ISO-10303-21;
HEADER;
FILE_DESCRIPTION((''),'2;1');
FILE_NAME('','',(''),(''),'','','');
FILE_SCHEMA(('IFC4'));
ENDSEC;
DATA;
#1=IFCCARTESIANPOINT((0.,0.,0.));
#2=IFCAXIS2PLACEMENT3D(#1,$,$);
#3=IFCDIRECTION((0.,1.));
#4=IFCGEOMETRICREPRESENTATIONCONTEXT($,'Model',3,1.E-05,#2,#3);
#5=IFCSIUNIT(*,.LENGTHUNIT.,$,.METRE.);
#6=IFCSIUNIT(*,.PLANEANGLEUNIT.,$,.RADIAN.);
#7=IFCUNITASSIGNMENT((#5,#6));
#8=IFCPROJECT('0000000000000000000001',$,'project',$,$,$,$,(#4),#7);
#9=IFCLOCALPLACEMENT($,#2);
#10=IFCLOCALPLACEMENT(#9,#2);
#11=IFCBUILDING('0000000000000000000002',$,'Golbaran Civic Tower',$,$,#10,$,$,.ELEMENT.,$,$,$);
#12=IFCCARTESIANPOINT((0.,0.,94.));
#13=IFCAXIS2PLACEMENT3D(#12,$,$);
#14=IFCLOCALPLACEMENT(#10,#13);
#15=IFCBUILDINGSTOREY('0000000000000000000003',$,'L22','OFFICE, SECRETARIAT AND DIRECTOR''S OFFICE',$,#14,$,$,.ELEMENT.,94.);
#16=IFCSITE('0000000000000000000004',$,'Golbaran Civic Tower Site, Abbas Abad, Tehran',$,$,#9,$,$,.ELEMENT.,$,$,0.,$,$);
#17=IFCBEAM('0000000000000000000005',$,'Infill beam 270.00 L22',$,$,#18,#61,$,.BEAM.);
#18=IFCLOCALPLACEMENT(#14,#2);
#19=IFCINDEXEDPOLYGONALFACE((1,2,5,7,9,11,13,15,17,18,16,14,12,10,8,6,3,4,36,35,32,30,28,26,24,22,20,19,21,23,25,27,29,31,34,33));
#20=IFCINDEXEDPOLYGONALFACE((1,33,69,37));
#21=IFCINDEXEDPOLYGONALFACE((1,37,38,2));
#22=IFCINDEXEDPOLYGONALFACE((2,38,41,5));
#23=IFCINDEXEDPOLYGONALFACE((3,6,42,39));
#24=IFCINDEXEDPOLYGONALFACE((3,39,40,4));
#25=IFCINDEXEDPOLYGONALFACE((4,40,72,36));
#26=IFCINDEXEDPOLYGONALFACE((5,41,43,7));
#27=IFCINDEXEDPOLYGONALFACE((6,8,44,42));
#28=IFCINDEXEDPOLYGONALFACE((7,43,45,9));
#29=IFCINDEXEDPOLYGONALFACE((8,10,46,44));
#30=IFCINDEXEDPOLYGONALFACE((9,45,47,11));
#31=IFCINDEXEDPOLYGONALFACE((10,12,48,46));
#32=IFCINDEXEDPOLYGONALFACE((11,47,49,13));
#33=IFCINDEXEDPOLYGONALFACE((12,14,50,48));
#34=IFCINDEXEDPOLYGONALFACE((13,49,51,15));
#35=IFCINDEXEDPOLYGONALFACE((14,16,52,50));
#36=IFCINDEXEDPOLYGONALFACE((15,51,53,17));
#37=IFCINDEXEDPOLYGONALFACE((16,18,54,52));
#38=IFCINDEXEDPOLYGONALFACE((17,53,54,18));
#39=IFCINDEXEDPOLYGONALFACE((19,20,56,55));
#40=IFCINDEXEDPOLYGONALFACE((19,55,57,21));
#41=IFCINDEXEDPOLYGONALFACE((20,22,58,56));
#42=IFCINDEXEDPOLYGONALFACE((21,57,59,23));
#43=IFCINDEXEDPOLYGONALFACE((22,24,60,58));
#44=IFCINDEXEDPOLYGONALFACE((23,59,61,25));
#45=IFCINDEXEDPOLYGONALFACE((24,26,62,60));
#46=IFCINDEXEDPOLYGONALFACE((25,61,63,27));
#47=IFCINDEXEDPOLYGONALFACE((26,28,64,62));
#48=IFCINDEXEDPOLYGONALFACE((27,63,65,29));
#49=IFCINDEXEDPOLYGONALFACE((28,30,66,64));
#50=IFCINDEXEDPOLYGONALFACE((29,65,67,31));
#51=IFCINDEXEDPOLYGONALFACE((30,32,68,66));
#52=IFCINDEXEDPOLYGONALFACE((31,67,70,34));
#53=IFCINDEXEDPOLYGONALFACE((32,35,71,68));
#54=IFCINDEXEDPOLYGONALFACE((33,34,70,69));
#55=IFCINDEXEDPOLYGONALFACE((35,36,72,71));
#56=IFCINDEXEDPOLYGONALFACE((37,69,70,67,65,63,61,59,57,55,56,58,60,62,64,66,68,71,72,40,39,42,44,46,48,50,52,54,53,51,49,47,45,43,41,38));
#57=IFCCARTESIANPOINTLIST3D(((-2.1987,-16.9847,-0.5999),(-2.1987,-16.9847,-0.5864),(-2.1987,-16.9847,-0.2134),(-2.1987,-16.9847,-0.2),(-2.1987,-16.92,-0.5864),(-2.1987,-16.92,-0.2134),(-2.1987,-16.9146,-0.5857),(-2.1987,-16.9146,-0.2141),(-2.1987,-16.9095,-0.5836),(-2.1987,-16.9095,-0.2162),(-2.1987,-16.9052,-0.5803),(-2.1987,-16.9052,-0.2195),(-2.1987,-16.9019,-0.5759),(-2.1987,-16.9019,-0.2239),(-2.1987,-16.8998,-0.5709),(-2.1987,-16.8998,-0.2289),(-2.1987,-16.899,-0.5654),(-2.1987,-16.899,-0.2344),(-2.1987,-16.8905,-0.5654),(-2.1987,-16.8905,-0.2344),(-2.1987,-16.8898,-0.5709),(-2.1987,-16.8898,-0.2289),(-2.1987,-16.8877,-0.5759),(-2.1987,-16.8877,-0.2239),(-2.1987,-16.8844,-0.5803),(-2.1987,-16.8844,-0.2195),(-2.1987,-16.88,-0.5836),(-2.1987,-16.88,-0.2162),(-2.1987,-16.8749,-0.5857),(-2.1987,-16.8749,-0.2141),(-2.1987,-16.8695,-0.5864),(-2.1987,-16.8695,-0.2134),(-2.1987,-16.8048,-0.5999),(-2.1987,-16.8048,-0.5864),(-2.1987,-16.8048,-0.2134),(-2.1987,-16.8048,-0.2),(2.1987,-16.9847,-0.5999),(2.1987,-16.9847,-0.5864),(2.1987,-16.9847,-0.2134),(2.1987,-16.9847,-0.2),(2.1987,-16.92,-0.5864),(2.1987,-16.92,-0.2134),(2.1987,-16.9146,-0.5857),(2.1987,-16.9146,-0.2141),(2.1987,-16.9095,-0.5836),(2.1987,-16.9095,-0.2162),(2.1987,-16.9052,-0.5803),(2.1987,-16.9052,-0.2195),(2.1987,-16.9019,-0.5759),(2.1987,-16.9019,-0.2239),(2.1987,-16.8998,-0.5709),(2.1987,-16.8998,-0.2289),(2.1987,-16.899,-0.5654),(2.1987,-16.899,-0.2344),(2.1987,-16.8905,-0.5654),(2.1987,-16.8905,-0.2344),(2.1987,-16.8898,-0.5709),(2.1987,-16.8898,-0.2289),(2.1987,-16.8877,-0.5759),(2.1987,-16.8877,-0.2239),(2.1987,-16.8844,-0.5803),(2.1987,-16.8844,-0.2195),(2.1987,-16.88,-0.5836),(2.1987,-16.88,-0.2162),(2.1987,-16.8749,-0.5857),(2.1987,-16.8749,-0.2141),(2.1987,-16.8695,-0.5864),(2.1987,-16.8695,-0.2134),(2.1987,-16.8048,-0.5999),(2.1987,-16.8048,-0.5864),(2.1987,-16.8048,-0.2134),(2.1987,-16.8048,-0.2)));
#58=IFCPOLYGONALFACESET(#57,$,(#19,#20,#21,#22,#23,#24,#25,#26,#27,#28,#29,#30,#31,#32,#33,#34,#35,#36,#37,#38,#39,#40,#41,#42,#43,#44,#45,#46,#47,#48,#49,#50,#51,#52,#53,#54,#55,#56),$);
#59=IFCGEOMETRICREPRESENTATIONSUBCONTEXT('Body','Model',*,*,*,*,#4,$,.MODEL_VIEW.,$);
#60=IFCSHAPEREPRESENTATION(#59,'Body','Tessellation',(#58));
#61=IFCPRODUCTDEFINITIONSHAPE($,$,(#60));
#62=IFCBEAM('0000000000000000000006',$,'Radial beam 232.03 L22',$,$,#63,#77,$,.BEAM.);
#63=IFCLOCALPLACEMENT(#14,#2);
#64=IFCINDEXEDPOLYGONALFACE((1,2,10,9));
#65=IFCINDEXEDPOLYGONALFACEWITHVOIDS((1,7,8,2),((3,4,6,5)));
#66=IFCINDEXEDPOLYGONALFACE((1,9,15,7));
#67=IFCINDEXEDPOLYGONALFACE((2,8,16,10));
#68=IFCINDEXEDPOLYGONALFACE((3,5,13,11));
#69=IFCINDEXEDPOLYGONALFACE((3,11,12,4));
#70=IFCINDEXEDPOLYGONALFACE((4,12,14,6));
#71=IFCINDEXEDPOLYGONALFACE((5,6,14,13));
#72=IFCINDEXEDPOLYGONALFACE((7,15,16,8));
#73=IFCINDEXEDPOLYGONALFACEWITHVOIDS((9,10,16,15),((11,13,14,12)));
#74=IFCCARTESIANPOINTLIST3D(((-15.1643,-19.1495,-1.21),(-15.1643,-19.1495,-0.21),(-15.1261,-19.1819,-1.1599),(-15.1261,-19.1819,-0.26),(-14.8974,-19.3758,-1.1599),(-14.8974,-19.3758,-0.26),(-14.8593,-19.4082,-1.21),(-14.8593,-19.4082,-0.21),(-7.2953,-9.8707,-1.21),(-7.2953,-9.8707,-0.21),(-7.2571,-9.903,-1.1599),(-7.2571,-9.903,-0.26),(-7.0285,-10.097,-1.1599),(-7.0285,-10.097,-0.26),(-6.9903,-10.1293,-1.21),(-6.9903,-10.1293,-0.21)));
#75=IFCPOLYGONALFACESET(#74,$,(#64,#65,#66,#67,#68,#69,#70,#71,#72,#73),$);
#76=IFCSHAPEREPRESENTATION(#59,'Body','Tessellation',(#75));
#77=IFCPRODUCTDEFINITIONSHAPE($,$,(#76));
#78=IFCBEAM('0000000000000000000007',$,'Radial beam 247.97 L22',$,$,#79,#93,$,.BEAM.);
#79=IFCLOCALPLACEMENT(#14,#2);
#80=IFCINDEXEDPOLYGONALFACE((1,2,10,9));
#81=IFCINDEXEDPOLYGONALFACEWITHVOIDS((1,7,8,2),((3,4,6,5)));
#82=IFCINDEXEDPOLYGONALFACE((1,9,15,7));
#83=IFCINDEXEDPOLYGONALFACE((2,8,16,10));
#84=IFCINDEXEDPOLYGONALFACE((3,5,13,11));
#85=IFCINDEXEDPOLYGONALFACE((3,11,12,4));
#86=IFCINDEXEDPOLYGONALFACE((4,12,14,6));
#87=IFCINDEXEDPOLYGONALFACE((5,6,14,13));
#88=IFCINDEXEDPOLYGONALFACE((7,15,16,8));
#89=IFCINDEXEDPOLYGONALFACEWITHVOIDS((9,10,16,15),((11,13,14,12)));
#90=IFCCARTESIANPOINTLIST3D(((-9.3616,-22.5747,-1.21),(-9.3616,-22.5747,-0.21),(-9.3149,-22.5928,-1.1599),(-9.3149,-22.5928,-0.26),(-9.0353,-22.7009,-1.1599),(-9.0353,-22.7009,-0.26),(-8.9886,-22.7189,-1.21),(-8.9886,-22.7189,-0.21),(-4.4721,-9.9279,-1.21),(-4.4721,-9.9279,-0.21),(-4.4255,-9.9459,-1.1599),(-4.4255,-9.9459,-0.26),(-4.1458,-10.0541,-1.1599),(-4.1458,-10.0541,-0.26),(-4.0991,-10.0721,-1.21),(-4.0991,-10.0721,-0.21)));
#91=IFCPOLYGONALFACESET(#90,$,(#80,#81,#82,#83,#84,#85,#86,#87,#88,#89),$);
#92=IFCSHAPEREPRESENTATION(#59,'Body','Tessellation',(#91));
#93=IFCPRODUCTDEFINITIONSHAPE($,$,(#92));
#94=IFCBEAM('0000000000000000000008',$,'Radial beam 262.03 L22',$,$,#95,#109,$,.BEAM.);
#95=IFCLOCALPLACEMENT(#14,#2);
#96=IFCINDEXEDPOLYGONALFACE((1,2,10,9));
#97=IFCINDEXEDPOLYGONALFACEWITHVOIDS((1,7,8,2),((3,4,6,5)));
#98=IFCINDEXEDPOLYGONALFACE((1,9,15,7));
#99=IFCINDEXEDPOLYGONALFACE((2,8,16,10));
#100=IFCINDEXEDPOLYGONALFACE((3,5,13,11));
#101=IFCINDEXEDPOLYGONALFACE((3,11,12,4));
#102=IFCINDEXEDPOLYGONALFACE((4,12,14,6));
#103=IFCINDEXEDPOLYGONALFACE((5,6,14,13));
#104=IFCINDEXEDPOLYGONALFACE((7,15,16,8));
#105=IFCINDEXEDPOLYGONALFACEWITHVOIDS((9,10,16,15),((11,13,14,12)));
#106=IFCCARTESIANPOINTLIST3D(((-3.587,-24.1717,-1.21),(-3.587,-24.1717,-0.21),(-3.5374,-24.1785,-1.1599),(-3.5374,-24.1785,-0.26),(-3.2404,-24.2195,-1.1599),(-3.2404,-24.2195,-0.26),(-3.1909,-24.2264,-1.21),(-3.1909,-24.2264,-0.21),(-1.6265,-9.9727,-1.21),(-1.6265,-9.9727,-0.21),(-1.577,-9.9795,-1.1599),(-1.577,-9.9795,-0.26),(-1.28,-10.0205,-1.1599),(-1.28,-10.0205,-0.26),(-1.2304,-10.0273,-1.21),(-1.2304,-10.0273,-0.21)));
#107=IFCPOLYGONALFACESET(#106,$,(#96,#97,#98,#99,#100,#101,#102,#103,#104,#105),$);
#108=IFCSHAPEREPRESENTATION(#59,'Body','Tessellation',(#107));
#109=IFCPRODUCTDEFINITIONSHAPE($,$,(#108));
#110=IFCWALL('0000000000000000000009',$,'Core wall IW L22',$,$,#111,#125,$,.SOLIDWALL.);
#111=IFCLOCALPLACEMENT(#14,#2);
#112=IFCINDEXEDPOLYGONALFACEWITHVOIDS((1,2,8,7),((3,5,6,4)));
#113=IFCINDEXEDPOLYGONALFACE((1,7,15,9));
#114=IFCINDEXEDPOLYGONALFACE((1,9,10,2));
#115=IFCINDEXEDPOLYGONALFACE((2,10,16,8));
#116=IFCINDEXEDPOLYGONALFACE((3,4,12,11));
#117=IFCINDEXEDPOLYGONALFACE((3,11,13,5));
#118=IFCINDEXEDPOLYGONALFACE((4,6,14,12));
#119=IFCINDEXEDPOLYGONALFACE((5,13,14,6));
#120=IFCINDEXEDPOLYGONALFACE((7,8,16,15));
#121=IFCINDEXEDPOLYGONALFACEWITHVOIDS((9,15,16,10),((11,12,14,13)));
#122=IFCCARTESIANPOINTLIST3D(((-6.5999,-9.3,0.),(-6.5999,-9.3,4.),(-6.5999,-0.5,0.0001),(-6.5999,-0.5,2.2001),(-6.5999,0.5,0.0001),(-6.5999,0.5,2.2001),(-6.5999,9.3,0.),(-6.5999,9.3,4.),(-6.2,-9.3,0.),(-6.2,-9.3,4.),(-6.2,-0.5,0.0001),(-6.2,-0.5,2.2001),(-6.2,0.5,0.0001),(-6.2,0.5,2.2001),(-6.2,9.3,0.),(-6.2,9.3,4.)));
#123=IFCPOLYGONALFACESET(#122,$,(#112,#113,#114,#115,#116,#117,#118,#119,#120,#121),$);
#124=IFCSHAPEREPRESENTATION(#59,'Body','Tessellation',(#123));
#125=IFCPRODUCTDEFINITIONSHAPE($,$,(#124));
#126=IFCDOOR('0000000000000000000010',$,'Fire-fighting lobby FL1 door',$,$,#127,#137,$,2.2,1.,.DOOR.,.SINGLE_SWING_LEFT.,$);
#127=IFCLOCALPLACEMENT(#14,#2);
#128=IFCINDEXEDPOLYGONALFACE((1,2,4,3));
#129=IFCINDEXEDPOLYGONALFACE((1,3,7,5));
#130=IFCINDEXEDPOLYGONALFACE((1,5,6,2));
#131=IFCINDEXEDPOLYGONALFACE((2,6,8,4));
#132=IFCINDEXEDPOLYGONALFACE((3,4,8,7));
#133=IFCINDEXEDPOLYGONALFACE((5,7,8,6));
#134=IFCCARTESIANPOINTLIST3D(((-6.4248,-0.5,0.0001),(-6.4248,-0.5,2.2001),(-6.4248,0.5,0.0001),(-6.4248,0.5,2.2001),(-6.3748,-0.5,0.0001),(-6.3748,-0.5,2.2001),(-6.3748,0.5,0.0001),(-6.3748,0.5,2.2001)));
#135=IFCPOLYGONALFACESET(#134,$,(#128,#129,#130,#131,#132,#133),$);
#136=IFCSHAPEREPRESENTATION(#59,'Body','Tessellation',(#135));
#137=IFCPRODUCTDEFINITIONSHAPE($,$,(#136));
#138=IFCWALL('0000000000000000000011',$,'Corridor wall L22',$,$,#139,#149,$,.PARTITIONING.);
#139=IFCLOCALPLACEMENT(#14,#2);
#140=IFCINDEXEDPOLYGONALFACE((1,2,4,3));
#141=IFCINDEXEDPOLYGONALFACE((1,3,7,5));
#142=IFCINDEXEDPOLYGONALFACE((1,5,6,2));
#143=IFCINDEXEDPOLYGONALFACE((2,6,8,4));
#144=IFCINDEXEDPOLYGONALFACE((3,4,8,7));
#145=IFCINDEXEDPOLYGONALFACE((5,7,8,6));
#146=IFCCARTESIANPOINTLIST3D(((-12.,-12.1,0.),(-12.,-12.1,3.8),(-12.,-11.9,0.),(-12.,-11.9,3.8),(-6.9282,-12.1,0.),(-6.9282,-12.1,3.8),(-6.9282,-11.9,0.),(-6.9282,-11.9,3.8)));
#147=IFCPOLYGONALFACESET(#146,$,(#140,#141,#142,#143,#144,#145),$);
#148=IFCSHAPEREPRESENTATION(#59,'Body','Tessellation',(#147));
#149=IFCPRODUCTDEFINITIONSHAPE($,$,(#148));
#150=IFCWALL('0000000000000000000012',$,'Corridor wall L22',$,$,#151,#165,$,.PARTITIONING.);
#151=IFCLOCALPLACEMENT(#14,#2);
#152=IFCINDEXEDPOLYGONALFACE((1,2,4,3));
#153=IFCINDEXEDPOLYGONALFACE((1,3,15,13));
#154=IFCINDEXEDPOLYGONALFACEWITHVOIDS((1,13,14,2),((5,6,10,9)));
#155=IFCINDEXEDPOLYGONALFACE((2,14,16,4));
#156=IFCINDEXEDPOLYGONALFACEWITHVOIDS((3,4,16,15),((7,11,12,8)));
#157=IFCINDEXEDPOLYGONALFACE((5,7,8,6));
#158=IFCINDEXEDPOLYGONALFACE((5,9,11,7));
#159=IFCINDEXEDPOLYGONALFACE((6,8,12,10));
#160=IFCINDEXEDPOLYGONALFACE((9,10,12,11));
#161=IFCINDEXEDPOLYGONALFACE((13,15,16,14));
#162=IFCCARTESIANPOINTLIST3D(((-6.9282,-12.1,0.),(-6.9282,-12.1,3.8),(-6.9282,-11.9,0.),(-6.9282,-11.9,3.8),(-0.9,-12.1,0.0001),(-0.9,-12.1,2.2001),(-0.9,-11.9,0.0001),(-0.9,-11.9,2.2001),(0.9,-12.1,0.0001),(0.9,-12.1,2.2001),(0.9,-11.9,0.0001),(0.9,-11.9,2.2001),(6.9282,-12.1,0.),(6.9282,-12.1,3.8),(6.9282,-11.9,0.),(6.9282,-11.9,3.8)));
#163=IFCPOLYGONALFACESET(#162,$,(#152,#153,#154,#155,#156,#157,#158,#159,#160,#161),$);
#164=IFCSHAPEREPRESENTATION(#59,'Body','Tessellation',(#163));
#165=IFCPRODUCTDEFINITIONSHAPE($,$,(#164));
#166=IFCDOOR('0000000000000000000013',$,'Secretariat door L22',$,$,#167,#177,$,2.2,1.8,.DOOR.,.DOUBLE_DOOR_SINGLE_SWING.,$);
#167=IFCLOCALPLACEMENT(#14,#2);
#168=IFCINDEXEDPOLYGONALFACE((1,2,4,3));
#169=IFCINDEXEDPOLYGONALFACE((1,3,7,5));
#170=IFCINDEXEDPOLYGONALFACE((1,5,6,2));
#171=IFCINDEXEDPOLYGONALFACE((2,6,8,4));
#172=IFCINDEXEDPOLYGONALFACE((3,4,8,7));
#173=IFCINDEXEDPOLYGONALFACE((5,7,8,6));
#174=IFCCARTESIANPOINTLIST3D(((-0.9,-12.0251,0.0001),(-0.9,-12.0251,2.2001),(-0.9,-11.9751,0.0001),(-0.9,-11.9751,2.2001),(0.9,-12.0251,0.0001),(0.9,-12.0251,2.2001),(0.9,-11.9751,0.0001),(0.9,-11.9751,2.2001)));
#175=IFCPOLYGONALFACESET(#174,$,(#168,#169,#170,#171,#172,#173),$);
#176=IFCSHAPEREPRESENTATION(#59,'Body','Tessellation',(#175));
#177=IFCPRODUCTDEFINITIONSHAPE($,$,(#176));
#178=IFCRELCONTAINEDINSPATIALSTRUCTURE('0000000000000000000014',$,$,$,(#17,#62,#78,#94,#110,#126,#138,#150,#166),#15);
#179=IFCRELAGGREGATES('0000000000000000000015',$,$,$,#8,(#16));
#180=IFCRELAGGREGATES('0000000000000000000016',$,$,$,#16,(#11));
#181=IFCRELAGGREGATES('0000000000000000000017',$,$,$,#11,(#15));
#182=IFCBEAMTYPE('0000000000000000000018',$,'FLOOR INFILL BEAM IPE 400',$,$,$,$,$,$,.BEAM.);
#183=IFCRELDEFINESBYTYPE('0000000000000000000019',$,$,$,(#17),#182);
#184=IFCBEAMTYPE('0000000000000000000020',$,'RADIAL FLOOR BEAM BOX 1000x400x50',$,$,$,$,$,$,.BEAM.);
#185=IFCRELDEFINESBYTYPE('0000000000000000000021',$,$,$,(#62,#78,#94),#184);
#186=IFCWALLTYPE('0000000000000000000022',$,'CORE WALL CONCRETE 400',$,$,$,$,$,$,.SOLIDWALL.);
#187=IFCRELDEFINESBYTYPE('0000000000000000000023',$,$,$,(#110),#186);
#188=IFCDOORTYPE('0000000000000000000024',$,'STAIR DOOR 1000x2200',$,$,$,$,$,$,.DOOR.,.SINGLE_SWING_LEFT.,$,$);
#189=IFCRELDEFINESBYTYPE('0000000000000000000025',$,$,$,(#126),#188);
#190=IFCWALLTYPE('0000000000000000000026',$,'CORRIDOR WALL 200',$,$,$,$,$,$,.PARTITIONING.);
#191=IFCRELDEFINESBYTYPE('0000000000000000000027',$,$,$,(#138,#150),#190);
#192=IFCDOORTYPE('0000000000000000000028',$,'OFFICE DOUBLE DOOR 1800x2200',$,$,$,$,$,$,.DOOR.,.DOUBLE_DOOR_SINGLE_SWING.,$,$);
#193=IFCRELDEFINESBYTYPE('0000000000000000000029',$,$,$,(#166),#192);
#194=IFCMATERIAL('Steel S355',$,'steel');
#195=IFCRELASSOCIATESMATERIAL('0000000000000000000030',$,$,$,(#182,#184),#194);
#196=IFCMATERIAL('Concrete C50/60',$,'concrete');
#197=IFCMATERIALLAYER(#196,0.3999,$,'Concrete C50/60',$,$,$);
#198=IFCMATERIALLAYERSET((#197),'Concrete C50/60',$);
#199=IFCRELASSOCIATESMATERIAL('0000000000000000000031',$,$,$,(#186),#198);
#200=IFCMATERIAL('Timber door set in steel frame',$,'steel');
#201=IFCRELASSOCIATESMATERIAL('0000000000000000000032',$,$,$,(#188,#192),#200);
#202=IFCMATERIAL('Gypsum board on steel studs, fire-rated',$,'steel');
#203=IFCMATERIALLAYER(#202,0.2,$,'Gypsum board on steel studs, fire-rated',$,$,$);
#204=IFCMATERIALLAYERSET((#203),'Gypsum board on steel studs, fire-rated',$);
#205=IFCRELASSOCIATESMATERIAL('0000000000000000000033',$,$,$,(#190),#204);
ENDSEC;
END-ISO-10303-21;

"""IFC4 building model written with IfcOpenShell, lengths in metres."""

from ifc_helpers import new_model, si_unit, direction, frame, frame_2d, origin, origin_2d, place, context, subcontext, project, spatial, rectangle, hollow_rectangle, i_section, extrude, material, layer, layer_set, material_profile, profile_set, type_object, element, fill, save


model = new_model("IFC4")

# Units and contexts
model_context = context("Model", 3, precision=1e-05, world=origin(), true_north=direction((0.0, 1.0)))
body_context = subcontext(model_context, "Body", "Model", "MODEL_VIEW")
ifc_project = project(units=[si_unit("LENGTHUNIT", "METRE"), si_unit("PLANEANGLEUNIT", "RADIAN")], contexts=[model_context])

# Site, building, storey
site_placement = place(None, origin())
site = spatial("IfcSite", under=ifc_project, at=site_placement, Name="Golbaran Civic Tower Site, Abbas Abad, Tehran", CompositionType="ELEMENT", RefElevation=0.0)
building_placement = place(site_placement, origin())
building = spatial("IfcBuilding", under=site, at=building_placement, Name="Golbaran Civic Tower", CompositionType="ELEMENT")
storey_placement = place(building_placement, frame((0.0, 0.0, 94.0)))
storey = spatial("IfcBuildingStorey", under=building, at=storey_placement, Name="L22", Description="OFFICE, SECRETARIAT AND DIRECTOR'S OFFICE", CompositionType="ELEMENT", Elevation=94.0)

# Beams
ifc_material_1 = material(Name="Steel S355", Category="steel")
ifc_material_profile_1 = material_profile(ifc_material_1, i_section(OverallWidth=0.1799, OverallDepth=0.3999, WebThickness=0.0085, FlangeThickness=0.0134, FilletRadius=0.021, at=origin_2d()), Name="IPE 400")
ifc_profile_set_1 = profile_set([ifc_material_profile_1], Name="Steel S355")
beam_type_1 = type_object("IfcBeamType", Name="FLOOR INFILL BEAM IPE 400", PredefinedType="BEAM", material=ifc_profile_set_1)
beam_1_placement = place(storey_placement, frame((-2.1987, -16.8948, -0.3999), z_axis=(1.0, 0.0, 0.0), x_axis=(0.0, 1.0, 0.0)))
element("IfcBeam", 1, at=beam_1_placement, inside=storey, type_object=beam_type_1, Name="Infill beam 270.00 L22", PredefinedType="BEAM", context=body_context, shape_type="SweptSolid", body=[
    extrude(i_section(OverallWidth=0.1799, OverallDepth=0.3999, WebThickness=0.0085, FlangeThickness=0.0134, FilletRadius=0.021, at=origin_2d()), origin(), (0.0, 0.0, 1.0), 4.3975),
])
ifc_material_profile_2 = material_profile(ifc_material_1, hollow_rectangle(XDim=0.3999, YDim=1.0, WallThickness=0.05, at=origin_2d()), Name="BOX 1000x400x50")
ifc_profile_set_2 = profile_set([ifc_material_profile_2], Name="Steel S355")
beam_type_2 = type_object("IfcBeamType", Name="RADIAL FLOOR BEAM BOX 1000x400x50", PredefinedType="BEAM", material=ifc_profile_set_2)
beam_2_placement = place(storey_placement, frame((-7.1428, -10.0, -0.71), z_axis=(-0.646785, -0.762673, 0.0), x_axis=(0.762673, -0.646785, 0.0)))
element("IfcBeam", 2, at=beam_2_placement, inside=storey, type_object=beam_type_2, Name="Radial beam 232.03 L22", PredefinedType="BEAM", context=body_context, shape_type="SweptSolid", body=[
    extrude(hollow_rectangle(XDim=0.3999, YDim=1.0, WallThickness=0.05, at=origin_2d()), origin(), (0.0, 0.0, 1.0), 12.1663),
])
beam_3_placement = place(storey_placement, frame((-4.2856, -10.0, -0.71), z_axis=(-0.360603, -0.93272, 0.0), x_axis=(0.93272, -0.360603, 0.0)))
element("IfcBeam", 3, at=beam_3_placement, inside=storey, type_object=beam_type_2, Name="Radial beam 247.97 L22", PredefinedType="BEAM", context=body_context, shape_type="SweptSolid", body=[
    extrude(hollow_rectangle(XDim=0.3999, YDim=1.0, WallThickness=0.05, at=origin_2d()), origin(), (0.0, 0.0, 1.0), 13.5591),
])
beam_4_placement = place(storey_placement, frame((-1.4285, -10.0, -0.71), z_axis=(-0.136772, -0.990603, 0.0), x_axis=(0.990603, -0.136772, 0.0)))
element("IfcBeam", 4, at=beam_4_placement, inside=storey, type_object=beam_type_2, Name="Radial beam 262.03 L22", PredefinedType="BEAM", context=body_context, shape_type="SweptSolid", body=[
    extrude(hollow_rectangle(XDim=0.3999, YDim=1.0, WallThickness=0.05, at=origin_2d()), origin(), (0.0, 0.0, 1.0), 14.3337),
])

# Wall, opening, door
ifc_material_2 = material(Name="Concrete C50/60", Category="concrete")
ifc_layer_1 = layer(ifc_material_2, 0.3999, Name="Concrete C50/60")
ifc_layer_set_1 = layer_set([ifc_layer_1], Name="Concrete C50/60")
wall_type_1 = type_object("IfcWallType", Name="CORE WALL CONCRETE 400", PredefinedType="SOLIDWALL", material=ifc_layer_set_1)
wall_1_placement = place(storey_placement, frame((-6.3999, -9.3, 0.0), z_axis=(0.0, 0.0, 1.0), x_axis=(0.0, 1.0, 0.0)))
wall_1 = element("IfcWall", 5, at=wall_1_placement, inside=storey, type_object=wall_type_1, Name="Core wall IW L22", PredefinedType="SOLIDWALL", context=body_context, shape_type="SweptSolid", body=[
    extrude(rectangle(XDim=18.6001, YDim=0.3999, at=frame_2d((9.3, 0.0))), origin(), (0.0, 0.0, 1.0), 4.0),
])
opening_1_placement = place(wall_1_placement, frame((8.8, 0.0, 0.0)))
opening_1 = element("IfcOpeningElement", 6, at=opening_1_placement, cuts=wall_1, PredefinedType="OPENING", context=body_context, shape_type="SweptSolid", body=[
    extrude(rectangle(XDim=1.0, YDim=2.2, at=frame_2d((0.5, 1.1001))), frame((0.0, 0.21, 0.0), z_axis=(0.0, -1.0, 0.0), x_axis=(1.0, 0.0, 0.0)), (0.0, 0.0, 1.0), 0.4199),
])
ifc_material_3 = material(Name="Timber door set in steel frame", Category="steel")
door_type_1 = type_object("IfcDoorType", Name="STAIR DOOR 1000x2200", OperationType="SINGLE_SWING_LEFT", PredefinedType="DOOR", material=ifc_material_3)
door_1_placement = place(opening_1_placement, origin())
door_1 = element("IfcDoor", 7, at=door_1_placement, inside=storey, type_object=door_type_1, Name="Fire-fighting lobby FL1 door", OperationType="SINGLE_SWING_LEFT", OverallHeight=2.2, OverallWidth=1.0, PredefinedType="DOOR", context=body_context, shape_type="SweptSolid", body=[
    extrude(rectangle(XDim=1.0, YDim=2.2, at=frame_2d((0.5, 1.1001))), frame((0.0, 0.0249, 0.0), z_axis=(0.0, -1.0, 0.0), x_axis=(1.0, 0.0, 0.0)), (0.0, 0.0, 1.0), 0.05),
])
fill(opening_1, door_1)

# Wall
ifc_material_4 = material(Name="Gypsum board on steel studs, fire-rated", Category="steel")
ifc_layer_2 = layer(ifc_material_4, 0.2, Name="Gypsum board on steel studs, fire-rated")
ifc_layer_set_2 = layer_set([ifc_layer_2], Name="Gypsum board on steel studs, fire-rated")
wall_type_2 = type_object("IfcWallType", Name="CORRIDOR WALL 200", PredefinedType="PARTITIONING", material=ifc_layer_set_2)
wall_2_placement = place(storey_placement, frame((-12.0, -12.0, 0.0), z_axis=(0.0, 0.0, 1.0), x_axis=(1.0, 0.0, 0.0)))
element("IfcWall", 8, at=wall_2_placement, inside=storey, type_object=wall_type_2, Name="Corridor wall L22", PredefinedType="PARTITIONING", context=body_context, shape_type="SweptSolid", body=[
    extrude(rectangle(XDim=5.0718, YDim=0.2, at=frame_2d((2.5359, 0.0))), origin(), (0.0, 0.0, 1.0), 3.8),
])

# Wall, opening, door
wall_3_placement = place(storey_placement, frame((-6.9282, -12.0, 0.0), z_axis=(0.0, 0.0, 1.0), x_axis=(1.0, 0.0, 0.0)))
wall_3 = element("IfcWall", 9, at=wall_3_placement, inside=storey, type_object=wall_type_2, Name="Corridor wall L22", PredefinedType="PARTITIONING", context=body_context, shape_type="SweptSolid", body=[
    extrude(rectangle(XDim=13.8564, YDim=0.2, at=frame_2d((6.9282, 0.0))), origin(), (0.0, 0.0, 1.0), 3.8),
])
opening_2_placement = place(wall_3_placement, frame((6.0283, 0.0, 0.0)))
opening_2 = element("IfcOpeningElement", 10, at=opening_2_placement, cuts=wall_3, PredefinedType="OPENING", context=body_context, shape_type="SweptSolid", body=[
    extrude(rectangle(XDim=1.8, YDim=2.2, at=frame_2d((0.8999, 1.1001))), frame((0.0, 0.1099, 0.0), z_axis=(0.0, -1.0, 0.0), x_axis=(1.0, 0.0, 0.0)), (0.0, 0.0, 1.0), 0.22),
])
door_type_2 = type_object("IfcDoorType", Name="OFFICE DOUBLE DOOR 1800x2200", OperationType="DOUBLE_DOOR_SINGLE_SWING", PredefinedType="DOOR", material=ifc_material_3)
door_2_placement = place(opening_2_placement, origin())
door_2 = element("IfcDoor", 11, at=door_2_placement, inside=storey, type_object=door_type_2, Name="Secretariat door L22", OperationType="DOUBLE_DOOR_SINGLE_SWING", OverallHeight=2.2, OverallWidth=1.8, PredefinedType="DOOR", context=body_context, shape_type="SweptSolid", body=[
    extrude(rectangle(XDim=1.8, YDim=2.2, at=frame_2d((0.8999, 1.1001))), frame((0.0, 0.0249, 0.0), z_axis=(0.0, -1.0, 0.0), x_axis=(1.0, 0.0, 0.0)), (0.0, 0.0, 1.0), 0.05),
])
fill(opening_2, door_2)

save(model, "model.ifc")
